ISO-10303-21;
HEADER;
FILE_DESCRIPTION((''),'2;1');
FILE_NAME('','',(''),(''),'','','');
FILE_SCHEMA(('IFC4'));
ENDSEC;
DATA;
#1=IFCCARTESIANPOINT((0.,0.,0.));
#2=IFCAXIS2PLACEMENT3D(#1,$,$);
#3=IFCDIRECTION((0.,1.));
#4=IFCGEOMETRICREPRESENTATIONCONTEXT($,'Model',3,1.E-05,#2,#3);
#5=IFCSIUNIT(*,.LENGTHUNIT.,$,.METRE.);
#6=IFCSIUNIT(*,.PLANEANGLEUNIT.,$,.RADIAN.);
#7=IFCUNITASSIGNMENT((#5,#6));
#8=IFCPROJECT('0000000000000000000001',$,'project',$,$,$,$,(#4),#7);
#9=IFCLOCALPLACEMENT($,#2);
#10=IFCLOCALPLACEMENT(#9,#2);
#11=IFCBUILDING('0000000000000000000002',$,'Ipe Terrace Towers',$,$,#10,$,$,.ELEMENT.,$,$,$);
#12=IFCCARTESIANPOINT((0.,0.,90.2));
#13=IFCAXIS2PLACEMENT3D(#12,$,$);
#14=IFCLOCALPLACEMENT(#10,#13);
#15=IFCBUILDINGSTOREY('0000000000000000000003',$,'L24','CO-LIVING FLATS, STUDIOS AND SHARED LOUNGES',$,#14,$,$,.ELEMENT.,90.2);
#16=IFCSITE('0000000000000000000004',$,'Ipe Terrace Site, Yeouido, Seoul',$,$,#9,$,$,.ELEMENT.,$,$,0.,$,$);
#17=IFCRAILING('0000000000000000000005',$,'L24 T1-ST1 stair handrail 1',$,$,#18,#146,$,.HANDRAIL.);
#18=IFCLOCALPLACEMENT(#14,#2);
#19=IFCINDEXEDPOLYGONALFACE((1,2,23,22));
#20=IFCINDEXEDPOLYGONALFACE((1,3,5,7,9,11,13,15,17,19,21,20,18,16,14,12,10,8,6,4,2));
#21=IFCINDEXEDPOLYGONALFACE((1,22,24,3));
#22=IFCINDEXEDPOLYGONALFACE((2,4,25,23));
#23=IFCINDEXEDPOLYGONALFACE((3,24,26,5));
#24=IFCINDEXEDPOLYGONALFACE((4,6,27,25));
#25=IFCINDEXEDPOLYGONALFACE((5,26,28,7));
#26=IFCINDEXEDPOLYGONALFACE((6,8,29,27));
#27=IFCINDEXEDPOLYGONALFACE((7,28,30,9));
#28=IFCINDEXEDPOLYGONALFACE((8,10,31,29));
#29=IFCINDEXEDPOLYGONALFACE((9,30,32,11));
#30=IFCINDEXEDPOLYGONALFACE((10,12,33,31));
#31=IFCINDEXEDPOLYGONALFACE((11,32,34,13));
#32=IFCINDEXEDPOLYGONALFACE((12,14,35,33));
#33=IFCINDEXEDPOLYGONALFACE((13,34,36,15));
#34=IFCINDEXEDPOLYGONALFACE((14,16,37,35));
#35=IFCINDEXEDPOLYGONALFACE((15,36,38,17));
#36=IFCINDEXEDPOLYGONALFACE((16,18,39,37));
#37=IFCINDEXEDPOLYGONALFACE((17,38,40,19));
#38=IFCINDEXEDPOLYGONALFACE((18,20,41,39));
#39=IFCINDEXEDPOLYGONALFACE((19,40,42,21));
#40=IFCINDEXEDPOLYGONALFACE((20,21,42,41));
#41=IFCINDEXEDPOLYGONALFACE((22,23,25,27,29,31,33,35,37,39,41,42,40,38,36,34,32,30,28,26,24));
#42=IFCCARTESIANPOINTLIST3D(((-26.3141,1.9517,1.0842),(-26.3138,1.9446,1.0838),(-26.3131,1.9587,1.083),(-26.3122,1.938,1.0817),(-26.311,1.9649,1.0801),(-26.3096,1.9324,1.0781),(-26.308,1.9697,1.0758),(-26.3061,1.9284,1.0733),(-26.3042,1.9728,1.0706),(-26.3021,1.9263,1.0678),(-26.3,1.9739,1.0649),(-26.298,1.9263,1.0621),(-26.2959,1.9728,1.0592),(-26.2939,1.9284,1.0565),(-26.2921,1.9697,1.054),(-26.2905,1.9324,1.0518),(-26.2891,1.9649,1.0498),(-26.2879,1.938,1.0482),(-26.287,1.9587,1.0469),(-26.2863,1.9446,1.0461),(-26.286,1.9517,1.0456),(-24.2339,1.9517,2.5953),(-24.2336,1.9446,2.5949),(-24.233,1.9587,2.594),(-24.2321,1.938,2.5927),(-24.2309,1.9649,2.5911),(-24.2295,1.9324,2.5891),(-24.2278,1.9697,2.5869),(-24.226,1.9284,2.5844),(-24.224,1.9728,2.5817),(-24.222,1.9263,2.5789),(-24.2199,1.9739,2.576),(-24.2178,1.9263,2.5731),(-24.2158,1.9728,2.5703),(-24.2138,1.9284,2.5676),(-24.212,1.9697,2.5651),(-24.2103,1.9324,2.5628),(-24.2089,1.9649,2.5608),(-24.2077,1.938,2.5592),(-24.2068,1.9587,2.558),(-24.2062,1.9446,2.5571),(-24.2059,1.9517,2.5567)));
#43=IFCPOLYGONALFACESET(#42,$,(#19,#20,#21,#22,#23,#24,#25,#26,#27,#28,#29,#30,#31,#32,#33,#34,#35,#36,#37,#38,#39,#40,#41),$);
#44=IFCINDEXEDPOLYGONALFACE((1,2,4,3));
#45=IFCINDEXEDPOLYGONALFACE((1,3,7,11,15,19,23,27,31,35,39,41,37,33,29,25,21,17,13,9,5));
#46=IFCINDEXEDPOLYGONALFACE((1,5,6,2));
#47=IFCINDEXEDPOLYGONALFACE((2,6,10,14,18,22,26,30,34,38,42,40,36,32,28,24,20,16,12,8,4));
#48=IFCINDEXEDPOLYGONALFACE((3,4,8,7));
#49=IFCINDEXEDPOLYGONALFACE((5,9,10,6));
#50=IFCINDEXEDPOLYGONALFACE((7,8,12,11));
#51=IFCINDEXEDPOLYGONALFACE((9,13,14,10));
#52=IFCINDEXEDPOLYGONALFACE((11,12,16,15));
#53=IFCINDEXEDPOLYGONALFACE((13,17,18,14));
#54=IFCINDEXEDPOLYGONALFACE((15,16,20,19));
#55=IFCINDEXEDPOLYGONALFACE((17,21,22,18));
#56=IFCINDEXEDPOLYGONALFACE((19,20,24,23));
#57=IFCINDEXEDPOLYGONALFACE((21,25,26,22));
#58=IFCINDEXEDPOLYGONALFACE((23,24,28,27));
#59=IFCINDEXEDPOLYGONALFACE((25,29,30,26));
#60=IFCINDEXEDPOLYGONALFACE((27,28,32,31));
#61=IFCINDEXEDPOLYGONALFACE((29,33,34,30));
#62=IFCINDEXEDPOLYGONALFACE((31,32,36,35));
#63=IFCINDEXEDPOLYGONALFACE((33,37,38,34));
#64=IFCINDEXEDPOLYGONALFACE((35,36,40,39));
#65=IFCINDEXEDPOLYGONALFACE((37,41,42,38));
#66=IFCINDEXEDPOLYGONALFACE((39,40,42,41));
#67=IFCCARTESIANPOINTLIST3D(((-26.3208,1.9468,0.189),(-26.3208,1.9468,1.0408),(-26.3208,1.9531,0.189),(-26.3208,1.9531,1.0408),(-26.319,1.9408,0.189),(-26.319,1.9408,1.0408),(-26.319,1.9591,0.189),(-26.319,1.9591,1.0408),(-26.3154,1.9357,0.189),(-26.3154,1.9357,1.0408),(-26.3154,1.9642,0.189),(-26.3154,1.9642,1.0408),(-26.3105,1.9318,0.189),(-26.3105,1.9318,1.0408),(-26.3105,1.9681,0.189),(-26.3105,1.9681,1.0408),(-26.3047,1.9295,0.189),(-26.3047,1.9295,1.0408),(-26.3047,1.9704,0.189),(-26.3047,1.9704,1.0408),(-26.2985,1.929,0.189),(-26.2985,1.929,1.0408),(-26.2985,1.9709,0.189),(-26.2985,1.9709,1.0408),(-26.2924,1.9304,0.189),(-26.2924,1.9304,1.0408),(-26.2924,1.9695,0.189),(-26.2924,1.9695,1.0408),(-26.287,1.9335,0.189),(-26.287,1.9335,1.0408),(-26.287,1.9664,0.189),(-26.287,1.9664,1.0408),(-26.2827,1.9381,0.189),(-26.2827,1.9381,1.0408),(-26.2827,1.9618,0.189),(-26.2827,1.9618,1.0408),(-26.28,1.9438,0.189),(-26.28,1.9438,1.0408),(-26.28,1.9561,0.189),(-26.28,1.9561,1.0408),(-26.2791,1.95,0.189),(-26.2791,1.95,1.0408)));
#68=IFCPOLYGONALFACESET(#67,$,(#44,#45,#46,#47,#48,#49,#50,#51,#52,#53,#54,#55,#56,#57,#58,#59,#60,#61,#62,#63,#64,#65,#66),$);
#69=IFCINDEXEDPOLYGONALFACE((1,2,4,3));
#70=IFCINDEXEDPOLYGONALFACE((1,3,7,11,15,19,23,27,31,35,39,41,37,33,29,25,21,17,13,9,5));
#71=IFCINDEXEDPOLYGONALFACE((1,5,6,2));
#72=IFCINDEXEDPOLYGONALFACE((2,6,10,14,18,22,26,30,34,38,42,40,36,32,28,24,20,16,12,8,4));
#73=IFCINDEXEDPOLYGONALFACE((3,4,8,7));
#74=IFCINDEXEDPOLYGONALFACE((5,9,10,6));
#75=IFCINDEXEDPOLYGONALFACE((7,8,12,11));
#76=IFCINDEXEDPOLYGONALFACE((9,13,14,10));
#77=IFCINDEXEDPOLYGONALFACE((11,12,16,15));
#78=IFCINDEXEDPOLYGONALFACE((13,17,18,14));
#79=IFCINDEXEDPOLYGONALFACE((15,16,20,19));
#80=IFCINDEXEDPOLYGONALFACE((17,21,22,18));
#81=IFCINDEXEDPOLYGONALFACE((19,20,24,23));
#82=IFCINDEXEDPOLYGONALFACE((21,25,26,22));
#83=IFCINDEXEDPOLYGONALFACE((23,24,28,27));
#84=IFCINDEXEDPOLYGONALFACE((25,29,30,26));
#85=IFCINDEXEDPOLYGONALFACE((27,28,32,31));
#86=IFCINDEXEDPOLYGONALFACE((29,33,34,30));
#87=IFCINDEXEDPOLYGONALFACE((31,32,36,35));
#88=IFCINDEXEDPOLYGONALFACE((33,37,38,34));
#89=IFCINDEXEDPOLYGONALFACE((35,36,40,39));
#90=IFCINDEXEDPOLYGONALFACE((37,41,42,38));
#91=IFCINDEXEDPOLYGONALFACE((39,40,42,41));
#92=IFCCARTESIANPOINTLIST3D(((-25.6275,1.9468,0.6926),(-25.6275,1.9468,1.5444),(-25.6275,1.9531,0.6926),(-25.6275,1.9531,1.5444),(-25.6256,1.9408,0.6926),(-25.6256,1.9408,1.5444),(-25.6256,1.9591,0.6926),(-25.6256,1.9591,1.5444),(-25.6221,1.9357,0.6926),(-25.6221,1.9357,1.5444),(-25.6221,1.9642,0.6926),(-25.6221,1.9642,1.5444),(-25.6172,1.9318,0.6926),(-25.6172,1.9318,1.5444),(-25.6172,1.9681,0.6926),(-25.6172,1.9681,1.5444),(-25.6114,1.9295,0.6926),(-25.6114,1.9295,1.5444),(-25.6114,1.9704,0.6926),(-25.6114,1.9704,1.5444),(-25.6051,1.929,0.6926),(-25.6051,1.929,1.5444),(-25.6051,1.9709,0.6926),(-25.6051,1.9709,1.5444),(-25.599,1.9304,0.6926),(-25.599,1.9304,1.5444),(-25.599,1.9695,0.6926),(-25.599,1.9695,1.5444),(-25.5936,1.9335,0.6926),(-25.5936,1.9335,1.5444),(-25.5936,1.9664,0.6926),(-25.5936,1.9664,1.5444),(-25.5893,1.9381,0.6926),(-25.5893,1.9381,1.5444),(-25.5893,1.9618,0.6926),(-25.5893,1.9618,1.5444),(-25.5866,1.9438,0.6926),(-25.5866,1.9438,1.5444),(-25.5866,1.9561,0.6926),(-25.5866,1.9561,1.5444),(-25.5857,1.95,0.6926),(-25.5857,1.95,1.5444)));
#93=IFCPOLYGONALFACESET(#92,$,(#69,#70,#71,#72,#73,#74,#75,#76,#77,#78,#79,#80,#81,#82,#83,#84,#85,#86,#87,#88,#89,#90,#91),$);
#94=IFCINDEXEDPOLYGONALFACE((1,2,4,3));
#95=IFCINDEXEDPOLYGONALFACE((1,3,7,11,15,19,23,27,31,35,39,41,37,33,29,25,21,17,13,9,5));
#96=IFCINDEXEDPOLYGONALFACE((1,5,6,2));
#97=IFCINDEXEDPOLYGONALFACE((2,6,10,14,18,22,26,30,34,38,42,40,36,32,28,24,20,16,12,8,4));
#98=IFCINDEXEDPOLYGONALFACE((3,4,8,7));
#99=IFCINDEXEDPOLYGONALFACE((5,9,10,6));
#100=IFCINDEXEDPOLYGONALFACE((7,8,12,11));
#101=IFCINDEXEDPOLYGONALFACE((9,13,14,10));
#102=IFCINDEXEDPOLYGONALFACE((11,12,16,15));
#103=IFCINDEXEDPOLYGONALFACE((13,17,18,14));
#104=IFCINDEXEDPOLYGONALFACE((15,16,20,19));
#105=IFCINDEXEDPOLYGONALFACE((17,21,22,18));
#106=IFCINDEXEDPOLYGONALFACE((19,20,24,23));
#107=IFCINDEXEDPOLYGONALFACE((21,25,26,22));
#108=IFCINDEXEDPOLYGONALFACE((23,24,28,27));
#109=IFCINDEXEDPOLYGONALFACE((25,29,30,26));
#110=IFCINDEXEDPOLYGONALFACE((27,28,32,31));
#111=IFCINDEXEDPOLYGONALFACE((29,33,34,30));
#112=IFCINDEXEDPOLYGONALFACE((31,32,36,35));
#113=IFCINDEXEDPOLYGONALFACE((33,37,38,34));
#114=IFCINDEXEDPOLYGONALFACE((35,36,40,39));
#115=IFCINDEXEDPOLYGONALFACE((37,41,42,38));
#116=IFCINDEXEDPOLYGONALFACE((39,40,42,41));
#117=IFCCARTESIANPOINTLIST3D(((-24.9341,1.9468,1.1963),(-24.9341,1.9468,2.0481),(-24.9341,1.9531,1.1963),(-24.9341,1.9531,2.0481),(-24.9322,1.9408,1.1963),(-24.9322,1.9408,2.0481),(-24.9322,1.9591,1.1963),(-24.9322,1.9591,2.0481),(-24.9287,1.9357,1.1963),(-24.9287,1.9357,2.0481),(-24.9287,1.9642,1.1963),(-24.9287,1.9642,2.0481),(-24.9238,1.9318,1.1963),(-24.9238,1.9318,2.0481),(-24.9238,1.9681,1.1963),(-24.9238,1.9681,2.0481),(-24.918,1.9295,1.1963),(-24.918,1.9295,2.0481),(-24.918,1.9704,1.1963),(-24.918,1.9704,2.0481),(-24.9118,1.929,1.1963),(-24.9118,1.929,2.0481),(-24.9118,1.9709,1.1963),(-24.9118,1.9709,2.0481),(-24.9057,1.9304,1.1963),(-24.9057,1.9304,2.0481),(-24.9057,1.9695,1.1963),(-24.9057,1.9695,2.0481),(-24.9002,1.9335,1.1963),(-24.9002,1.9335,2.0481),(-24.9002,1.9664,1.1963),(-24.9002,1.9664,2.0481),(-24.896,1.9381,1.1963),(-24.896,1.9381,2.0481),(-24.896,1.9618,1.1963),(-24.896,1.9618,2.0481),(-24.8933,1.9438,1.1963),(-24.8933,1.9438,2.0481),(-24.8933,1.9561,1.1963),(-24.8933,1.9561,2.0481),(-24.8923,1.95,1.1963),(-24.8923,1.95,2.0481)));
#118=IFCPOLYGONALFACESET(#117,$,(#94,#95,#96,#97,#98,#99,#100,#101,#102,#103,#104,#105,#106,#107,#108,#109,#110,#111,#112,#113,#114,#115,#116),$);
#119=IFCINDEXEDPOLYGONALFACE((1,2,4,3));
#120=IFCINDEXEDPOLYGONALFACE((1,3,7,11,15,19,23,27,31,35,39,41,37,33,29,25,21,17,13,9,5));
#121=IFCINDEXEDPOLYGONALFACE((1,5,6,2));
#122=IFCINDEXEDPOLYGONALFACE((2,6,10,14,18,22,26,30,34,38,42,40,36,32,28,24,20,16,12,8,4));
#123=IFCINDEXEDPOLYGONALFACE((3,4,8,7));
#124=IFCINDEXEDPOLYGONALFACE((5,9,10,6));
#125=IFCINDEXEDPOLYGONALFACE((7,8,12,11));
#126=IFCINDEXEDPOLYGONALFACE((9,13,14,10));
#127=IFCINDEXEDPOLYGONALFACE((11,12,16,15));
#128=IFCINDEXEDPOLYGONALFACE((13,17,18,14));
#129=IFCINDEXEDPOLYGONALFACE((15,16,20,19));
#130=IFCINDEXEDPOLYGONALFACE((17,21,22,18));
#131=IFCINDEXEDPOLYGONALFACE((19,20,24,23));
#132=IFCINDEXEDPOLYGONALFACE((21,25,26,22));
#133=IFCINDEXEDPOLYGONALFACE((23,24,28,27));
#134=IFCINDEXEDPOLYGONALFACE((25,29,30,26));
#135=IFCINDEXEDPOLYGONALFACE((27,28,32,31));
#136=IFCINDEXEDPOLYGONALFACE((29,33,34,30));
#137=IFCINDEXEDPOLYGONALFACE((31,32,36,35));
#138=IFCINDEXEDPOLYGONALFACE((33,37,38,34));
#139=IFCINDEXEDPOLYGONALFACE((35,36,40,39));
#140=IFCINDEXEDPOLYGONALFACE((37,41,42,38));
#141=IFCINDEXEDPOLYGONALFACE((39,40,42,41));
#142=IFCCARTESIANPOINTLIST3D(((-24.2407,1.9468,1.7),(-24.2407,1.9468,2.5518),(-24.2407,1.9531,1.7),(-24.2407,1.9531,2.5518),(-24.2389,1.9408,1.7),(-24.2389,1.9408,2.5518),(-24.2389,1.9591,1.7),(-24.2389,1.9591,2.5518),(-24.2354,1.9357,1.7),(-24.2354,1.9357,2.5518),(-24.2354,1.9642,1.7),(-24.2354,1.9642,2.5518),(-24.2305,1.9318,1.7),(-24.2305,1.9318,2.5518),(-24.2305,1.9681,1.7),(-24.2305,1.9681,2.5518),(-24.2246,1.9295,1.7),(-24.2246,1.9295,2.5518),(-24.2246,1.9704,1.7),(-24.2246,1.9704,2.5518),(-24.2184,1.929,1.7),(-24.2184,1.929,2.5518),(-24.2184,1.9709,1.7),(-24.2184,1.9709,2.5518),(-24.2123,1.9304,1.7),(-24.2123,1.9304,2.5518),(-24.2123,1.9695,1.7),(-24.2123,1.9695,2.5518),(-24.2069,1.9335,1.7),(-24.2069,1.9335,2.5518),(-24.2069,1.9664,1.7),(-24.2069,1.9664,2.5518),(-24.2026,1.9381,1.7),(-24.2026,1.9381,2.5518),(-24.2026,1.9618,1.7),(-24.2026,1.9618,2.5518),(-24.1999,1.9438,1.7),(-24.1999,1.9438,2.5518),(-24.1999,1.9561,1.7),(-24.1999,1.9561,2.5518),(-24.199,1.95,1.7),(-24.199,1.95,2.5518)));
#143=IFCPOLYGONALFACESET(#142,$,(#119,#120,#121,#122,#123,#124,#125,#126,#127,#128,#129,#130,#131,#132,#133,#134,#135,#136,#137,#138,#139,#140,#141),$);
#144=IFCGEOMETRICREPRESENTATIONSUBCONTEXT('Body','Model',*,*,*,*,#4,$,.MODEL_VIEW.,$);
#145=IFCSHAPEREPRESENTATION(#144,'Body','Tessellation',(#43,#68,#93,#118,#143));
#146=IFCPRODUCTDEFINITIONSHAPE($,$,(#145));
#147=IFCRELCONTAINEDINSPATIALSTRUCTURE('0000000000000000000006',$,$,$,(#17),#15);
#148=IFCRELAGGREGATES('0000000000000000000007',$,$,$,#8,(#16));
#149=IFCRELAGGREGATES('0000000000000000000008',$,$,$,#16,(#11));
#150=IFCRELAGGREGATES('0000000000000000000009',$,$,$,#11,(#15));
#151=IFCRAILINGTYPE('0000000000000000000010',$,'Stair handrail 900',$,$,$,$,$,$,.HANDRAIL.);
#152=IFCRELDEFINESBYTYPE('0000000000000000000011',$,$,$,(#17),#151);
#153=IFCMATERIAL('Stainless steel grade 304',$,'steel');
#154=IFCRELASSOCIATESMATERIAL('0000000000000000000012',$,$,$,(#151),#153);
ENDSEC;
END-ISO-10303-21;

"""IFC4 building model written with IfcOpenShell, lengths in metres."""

from ifc_helpers import new_model, si_unit, direction, frame, origin, origin_2d, place, context, subcontext, project, spatial, circle, extrude, material, type_object, element, save


model = new_model("IFC4")

# Units and contexts
model_context = context("Model", 3, precision=1e-05, world=origin(), true_north=direction((0.0, 1.0)))
body_context = subcontext(model_context, "Body", "Model", "MODEL_VIEW")
ifc_project = project(units=[si_unit("LENGTHUNIT", "METRE"), si_unit("PLANEANGLEUNIT", "RADIAN")], contexts=[model_context])

# Site, building, storey
site_placement = place(None, origin())
site = spatial("IfcSite", under=ifc_project, at=site_placement, Name="Ipe Terrace Site, Yeouido, Seoul", CompositionType="ELEMENT", RefElevation=0.0)
building_placement = place(site_placement, origin())
building = spatial("IfcBuilding", under=site, at=building_placement, Name="Ipe Terrace Towers", CompositionType="ELEMENT")
storey_placement = place(building_placement, frame((0.0, 0.0, 90.2)))
storey = spatial("IfcBuildingStorey", under=building, at=storey_placement, Name="L24", Description="CO-LIVING FLATS, STUDIOS AND SHARED LOUNGES", CompositionType="ELEMENT", Elevation=90.2)

# Railing
ifc_material_1 = material(Name="Stainless steel grade 304", Category="steel")
railing_type_1 = type_object("IfcRailingType", Name="Stair handrail 900", PredefinedType="HANDRAIL", material=ifc_material_1)
railing_1_placement = place(storey_placement, frame((-26.3, 1.95, 0.189)))
element("IfcRailing", 1, at=railing_1_placement, inside=storey, type_object=railing_type_1, Name="L24 T1-ST1 stair handrail 1", PredefinedType="HANDRAIL", context=body_context, shape_type="SweptSolid", body=[
    extrude(circle(Radius=0.0239, at=origin_2d()), frame((0.0, 0.0, 0.876), z_axis=(0.809069, 0.0, 0.587714), x_axis=(0.0, 1.0, 0.0)), (0.0, 0.0, 1.0), 2.571),
    extrude(circle(Radius=0.021, at=origin_2d()), origin(), (0.0, 0.0, 1.0), 0.8518),
    extrude(circle(Radius=0.021, at=origin_2d()), frame((0.6934, 0.0, 0.5037)), (0.0, 0.0, 1.0), 0.8518),
    extrude(circle(Radius=0.021, at=origin_2d()), frame((1.3867, 0.0, 1.0073)), (0.0, 0.0, 1.0), 0.8518),
    extrude(circle(Radius=0.021, at=origin_2d()), frame((2.0801, 0.0, 1.511)), (0.0, 0.0, 1.0), 0.8518),
])

save(model, "model.ifc")
